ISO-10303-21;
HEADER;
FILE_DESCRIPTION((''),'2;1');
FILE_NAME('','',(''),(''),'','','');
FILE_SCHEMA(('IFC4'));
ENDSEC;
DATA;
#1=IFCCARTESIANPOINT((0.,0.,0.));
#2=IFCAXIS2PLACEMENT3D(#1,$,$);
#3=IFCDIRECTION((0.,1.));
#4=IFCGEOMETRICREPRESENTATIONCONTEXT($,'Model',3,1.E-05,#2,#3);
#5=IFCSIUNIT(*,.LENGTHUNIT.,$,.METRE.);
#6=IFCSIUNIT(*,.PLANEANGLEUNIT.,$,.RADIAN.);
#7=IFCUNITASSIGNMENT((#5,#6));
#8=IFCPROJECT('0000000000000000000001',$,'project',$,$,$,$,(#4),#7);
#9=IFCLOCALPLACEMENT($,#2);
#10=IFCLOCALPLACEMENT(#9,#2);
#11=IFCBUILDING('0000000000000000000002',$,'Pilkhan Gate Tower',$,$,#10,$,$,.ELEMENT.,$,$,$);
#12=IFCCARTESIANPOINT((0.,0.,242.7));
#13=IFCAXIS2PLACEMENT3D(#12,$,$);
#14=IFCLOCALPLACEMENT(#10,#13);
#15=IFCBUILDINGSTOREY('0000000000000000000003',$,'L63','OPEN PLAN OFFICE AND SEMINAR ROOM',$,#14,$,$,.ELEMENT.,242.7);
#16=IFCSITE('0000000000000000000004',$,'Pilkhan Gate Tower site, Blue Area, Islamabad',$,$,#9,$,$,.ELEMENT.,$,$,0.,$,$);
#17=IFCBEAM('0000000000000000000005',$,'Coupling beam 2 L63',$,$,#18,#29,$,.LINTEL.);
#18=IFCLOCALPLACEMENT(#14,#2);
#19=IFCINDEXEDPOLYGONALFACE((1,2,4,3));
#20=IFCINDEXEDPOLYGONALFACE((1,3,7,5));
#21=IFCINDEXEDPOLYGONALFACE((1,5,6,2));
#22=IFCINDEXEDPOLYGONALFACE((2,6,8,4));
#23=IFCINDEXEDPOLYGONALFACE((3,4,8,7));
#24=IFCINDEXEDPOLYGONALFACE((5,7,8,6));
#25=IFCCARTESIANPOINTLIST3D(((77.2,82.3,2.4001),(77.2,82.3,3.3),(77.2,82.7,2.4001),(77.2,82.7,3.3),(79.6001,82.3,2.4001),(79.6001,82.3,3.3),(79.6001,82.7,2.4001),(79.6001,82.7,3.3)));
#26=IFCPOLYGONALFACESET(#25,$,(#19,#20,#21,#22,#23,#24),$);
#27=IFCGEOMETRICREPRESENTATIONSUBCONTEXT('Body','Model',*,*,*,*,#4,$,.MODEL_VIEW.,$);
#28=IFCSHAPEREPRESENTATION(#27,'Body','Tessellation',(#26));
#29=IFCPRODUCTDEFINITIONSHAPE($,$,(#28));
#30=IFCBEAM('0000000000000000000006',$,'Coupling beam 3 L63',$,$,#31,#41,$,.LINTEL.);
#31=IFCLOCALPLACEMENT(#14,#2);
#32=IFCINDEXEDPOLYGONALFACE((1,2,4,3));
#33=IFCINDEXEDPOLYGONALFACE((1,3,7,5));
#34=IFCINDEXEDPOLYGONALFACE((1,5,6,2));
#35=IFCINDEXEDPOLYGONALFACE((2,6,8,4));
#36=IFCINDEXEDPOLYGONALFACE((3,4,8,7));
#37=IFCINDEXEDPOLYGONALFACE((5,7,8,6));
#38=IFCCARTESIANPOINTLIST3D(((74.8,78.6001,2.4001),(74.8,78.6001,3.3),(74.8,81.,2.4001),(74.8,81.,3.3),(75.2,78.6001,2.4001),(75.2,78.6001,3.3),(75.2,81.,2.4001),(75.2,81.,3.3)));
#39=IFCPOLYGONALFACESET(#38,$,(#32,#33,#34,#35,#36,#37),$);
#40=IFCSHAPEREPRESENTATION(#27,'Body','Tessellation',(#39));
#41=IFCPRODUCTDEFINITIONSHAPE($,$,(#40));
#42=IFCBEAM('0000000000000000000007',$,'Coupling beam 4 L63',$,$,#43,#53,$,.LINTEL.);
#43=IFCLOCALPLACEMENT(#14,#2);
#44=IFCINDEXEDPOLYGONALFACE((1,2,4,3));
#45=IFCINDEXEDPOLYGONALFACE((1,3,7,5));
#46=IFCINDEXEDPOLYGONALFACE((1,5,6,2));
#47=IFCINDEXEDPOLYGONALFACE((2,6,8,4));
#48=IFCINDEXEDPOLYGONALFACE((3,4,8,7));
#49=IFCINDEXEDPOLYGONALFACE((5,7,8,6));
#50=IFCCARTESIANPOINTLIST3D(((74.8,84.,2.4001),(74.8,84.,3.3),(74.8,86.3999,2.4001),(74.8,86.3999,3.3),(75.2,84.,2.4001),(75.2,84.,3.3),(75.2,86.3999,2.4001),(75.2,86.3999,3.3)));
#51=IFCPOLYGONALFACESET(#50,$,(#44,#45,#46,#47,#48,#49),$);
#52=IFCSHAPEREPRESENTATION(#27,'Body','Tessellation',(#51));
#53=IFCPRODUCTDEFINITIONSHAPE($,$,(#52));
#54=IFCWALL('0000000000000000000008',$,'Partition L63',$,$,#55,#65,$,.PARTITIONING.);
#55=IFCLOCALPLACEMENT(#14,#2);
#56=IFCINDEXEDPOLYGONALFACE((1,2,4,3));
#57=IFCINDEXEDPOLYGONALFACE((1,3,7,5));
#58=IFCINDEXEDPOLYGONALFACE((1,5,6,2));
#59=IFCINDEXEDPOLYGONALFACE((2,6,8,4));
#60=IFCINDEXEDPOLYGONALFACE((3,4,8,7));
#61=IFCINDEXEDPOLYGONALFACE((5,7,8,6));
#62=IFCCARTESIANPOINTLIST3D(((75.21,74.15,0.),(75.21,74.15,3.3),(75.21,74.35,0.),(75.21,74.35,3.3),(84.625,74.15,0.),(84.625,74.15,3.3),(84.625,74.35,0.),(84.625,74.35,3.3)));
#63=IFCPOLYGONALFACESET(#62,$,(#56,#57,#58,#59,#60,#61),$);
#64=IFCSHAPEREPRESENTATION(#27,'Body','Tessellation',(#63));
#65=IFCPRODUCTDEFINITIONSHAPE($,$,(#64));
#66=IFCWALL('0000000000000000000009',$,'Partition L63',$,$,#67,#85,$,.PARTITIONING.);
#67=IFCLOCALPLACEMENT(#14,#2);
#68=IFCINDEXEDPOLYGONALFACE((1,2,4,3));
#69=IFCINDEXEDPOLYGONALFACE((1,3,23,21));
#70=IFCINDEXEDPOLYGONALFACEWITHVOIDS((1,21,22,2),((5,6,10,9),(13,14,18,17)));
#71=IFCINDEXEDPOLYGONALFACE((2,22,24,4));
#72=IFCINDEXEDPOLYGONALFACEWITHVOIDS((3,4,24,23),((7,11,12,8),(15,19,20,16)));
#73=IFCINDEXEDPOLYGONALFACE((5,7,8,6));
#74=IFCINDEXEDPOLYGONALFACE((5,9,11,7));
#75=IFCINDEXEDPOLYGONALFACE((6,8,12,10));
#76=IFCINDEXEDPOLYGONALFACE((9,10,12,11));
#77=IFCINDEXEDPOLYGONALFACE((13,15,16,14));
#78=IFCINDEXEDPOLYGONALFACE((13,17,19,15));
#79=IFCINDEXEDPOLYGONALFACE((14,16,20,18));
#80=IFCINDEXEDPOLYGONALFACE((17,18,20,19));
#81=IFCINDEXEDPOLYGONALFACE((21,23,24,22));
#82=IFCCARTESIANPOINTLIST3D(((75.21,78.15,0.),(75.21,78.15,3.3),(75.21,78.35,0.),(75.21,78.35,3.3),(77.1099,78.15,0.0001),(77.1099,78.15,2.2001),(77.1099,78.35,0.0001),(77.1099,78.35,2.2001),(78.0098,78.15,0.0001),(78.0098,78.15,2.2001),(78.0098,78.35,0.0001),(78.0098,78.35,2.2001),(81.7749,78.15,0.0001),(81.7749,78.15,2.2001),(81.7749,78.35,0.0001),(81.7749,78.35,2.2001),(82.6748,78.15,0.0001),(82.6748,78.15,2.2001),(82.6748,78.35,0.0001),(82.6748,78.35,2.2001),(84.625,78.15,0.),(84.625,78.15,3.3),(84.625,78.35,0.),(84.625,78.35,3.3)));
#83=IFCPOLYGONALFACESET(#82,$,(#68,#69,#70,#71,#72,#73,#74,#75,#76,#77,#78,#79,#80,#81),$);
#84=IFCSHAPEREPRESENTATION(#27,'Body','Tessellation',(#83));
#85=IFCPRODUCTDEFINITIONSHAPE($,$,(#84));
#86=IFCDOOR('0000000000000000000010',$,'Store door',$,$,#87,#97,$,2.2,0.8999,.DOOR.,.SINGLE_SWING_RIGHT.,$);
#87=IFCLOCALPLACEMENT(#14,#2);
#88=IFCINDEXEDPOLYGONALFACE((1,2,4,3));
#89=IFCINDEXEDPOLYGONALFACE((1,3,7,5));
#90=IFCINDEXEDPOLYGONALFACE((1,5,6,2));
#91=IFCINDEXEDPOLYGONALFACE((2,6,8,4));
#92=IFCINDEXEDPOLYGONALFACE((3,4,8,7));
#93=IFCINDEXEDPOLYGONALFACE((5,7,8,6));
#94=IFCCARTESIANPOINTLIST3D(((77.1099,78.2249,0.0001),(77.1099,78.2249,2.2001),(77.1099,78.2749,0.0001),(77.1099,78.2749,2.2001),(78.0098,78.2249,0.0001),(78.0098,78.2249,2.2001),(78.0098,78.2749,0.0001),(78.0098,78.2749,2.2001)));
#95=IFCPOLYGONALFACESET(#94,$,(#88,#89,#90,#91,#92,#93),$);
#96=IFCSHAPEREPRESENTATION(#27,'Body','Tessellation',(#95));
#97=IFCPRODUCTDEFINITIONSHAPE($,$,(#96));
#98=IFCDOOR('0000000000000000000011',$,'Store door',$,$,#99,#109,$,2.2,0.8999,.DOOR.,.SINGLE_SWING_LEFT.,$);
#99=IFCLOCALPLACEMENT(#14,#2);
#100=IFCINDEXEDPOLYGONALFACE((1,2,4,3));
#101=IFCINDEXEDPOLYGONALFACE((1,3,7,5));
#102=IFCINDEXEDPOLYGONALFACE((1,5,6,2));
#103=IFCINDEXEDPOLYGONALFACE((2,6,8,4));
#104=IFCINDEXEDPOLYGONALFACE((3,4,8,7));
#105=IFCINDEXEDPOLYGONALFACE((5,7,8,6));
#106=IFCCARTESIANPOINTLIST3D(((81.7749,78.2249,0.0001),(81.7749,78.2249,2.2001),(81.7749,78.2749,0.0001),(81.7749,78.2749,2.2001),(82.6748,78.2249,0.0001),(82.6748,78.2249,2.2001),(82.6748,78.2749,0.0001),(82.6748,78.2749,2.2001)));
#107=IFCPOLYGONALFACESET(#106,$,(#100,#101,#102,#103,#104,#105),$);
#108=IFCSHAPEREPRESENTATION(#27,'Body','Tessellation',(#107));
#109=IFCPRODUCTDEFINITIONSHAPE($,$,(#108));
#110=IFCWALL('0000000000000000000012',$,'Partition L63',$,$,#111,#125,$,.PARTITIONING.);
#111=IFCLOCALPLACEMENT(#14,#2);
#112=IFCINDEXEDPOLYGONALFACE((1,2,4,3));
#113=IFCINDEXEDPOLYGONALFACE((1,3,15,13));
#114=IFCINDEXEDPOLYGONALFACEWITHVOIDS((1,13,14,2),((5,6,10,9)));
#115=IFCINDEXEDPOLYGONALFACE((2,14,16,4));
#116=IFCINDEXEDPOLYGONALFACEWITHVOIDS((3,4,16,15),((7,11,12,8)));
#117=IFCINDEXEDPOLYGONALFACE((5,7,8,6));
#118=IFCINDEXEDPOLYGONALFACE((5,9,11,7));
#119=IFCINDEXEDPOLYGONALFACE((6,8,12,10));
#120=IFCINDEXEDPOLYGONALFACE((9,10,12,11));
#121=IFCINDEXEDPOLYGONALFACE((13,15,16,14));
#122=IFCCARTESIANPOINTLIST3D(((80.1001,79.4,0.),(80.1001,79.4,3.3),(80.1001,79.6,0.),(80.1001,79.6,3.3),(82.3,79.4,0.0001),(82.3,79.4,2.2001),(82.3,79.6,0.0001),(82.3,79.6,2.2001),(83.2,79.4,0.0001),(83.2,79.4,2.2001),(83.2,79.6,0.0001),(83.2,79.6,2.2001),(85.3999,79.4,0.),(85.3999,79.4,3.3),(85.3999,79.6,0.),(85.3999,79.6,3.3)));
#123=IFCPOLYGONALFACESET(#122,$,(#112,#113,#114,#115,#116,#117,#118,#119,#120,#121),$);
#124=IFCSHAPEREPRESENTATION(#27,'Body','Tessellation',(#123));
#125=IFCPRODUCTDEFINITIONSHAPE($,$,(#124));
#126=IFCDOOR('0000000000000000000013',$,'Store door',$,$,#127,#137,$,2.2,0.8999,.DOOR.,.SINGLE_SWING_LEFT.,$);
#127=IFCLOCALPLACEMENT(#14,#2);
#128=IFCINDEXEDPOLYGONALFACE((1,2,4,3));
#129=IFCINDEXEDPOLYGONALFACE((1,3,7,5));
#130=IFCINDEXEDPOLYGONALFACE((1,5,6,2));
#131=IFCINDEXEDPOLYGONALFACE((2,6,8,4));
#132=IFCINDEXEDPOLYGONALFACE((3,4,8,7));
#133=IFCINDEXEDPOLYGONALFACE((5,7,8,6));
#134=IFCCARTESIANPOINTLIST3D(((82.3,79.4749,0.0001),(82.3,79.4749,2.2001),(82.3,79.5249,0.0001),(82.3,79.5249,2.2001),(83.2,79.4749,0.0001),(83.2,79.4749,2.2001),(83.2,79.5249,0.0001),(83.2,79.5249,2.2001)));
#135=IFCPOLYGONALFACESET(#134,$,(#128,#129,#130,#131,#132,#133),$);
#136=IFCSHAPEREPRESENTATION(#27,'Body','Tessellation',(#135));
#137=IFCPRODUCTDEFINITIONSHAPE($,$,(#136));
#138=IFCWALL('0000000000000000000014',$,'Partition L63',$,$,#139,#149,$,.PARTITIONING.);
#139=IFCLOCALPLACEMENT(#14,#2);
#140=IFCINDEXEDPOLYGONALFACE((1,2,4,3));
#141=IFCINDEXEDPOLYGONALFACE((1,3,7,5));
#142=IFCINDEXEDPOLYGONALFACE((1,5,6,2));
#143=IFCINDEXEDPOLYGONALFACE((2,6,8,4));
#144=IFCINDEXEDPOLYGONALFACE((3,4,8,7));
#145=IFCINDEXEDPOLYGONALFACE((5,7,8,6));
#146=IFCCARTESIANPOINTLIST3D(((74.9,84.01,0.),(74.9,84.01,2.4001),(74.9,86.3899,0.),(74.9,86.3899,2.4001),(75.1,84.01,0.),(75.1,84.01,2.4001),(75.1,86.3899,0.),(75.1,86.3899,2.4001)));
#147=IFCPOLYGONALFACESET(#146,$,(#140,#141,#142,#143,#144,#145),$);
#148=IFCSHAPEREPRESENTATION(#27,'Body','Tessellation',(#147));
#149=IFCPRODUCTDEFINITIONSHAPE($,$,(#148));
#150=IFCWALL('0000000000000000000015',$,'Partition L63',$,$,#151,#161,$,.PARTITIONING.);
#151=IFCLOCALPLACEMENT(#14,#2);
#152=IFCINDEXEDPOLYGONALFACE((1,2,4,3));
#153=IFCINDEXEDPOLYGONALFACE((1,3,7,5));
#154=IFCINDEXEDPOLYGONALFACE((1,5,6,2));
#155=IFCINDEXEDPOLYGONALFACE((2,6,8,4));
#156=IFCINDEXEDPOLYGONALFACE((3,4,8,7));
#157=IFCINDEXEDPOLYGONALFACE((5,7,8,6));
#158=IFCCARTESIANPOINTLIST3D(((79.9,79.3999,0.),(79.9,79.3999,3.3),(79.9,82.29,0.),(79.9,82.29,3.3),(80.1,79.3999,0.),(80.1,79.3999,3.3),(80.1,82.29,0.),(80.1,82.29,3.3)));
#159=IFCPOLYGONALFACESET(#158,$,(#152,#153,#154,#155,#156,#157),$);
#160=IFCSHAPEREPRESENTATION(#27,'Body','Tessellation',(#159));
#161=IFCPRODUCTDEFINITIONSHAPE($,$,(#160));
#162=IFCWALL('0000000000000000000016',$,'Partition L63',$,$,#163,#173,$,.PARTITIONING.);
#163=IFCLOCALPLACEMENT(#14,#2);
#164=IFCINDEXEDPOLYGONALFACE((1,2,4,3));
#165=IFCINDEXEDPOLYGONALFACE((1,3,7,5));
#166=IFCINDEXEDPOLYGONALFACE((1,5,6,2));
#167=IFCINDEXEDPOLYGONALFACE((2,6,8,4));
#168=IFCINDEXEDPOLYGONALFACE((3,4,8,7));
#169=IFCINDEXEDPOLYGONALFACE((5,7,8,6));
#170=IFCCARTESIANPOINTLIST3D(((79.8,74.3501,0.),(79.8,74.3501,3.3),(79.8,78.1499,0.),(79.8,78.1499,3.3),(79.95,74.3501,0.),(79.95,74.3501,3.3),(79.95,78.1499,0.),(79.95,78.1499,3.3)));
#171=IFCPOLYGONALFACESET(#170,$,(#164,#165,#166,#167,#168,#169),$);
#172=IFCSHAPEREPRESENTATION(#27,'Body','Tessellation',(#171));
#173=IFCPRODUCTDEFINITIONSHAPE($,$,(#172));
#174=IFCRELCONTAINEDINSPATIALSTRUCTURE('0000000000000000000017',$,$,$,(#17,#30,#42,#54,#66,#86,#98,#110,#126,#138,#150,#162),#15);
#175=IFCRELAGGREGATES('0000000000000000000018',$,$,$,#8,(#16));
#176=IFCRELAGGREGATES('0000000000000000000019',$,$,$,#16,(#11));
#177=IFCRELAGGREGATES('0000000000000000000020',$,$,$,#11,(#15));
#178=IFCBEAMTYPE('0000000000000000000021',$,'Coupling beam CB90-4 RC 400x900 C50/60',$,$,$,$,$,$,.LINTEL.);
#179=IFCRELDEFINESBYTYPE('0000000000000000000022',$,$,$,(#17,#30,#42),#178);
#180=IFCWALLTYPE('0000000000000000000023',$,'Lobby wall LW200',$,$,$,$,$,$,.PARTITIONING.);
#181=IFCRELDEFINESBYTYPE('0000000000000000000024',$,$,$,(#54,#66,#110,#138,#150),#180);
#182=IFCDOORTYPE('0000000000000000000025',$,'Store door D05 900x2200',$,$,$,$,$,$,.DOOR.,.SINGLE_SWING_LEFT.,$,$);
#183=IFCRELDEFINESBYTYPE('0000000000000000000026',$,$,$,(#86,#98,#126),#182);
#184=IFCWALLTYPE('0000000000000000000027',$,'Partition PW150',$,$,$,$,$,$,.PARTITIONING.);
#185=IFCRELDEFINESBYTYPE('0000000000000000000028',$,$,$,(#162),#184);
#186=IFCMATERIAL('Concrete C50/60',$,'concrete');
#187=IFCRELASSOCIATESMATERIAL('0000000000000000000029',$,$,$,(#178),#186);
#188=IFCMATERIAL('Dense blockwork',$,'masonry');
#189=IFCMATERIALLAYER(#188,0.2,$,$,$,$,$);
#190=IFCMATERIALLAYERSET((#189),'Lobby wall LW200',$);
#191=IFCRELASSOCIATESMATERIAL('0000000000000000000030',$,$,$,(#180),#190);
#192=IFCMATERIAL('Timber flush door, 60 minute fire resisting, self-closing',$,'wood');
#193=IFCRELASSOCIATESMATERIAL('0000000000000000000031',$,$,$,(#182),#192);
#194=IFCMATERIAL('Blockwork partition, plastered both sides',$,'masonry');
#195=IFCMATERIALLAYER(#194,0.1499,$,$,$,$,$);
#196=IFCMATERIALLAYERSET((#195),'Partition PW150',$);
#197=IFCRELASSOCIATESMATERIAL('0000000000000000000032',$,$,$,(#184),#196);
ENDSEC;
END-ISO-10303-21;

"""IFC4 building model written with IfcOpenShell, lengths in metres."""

from ifc_helpers import new_model, si_unit, direction, frame, frame_2d, origin, origin_2d, place, context, subcontext, project, spatial, rectangle, extrude, material, layer, layer_set, material_profile, profile_set, type_object, element, fill, save


model = new_model("IFC4")

# Units and contexts
model_context = context("Model", 3, precision=1e-05, world=origin(), true_north=direction((0.0, 1.0)))
body_context = subcontext(model_context, "Body", "Model", "MODEL_VIEW")
ifc_project = project(units=[si_unit("LENGTHUNIT", "METRE"), si_unit("PLANEANGLEUNIT", "RADIAN")], contexts=[model_context])

# Site, building, storey
site_placement = place(None, origin())
site = spatial("IfcSite", under=ifc_project, at=site_placement, Name="Pilkhan Gate Tower site, Blue Area, Islamabad", CompositionType="ELEMENT", RefElevation=0.0)
building_placement = place(site_placement, origin())
building = spatial("IfcBuilding", under=site, at=building_placement, Name="Pilkhan Gate Tower", CompositionType="ELEMENT")
storey_placement = place(building_placement, frame((0.0, 0.0, 242.7)))
storey = spatial("IfcBuildingStorey", under=building, at=storey_placement, Name="L63", Description="OPEN PLAN OFFICE AND SEMINAR ROOM", CompositionType="ELEMENT", Elevation=242.7)

# Beams
ifc_material_1 = material(Name="Concrete C50/60", Category="concrete")
ifc_material_profile = material_profile(ifc_material_1, rectangle(XDim=0.3999, YDim=0.8999, at=origin_2d()), Name="RC 400x900")
ifc_profile_set = profile_set([ifc_material_profile], Name="Concrete C50/60")
beam_type = type_object("IfcBeamType", Name="Coupling beam CB90-4 RC 400x900 C50/60", PredefinedType="LINTEL", material=ifc_profile_set)
beam_placement = place(storey_placement, frame((77.2, 82.5, 2.8501), z_axis=(1.0, 0.0, 0.0), x_axis=(0.0, 1.0, 0.0)))
element("IfcBeam", 1, at=beam_placement, inside=storey, type_object=beam_type, Name="Coupling beam 2 L63", PredefinedType="LINTEL", context=body_context, shape_type="SweptSolid", body=[
    extrude(rectangle(XDim=0.3999, YDim=0.8999, at=origin_2d()), origin(), (0.0, 0.0, 1.0), 2.4001),
])
for number, where, z_axis, x_axis, name in (
    (2, (75.0, 78.6001, 2.8501), (0.0, 1.0, 0.0), (-1.0, 0.0, 0.0), "Coupling beam 3 L63"),
    (3, (75.0, 84.0, 2.8501), (0.0, 1.0, 0.0), (-1.0, 0.0, 0.0), "Coupling beam 4 L63"),
):
    element("IfcBeam", number, at=place(storey_placement, frame(where, z_axis=z_axis, x_axis=x_axis)), inside=storey, type_object=beam_type, Name=name, PredefinedType="LINTEL", context=body_context, shape_type="SweptSolid", body=[
        extrude(rectangle(XDim=0.3999, YDim=0.8999, at=origin_2d()), origin(), (0.0, 0.0, 1.0), 2.3999),
    ])

# Wall
ifc_material_2 = material(Name="Dense blockwork", Category="masonry")
ifc_layer_1 = layer(ifc_material_2, 0.2)
ifc_layer_set_1 = layer_set([ifc_layer_1], Name="Lobby wall LW200")
wall_type_1 = type_object("IfcWallType", Name="Lobby wall LW200", PredefinedType="PARTITIONING", material=ifc_layer_set_1)
wall_1_placement = place(storey_placement, frame((75.21, 74.25, 0.0), z_axis=(0.0, 0.0, 1.0), x_axis=(1.0, 0.0, 0.0)))
element("IfcWall", 4, at=wall_1_placement, inside=storey, type_object=wall_type_1, Name="Partition L63", PredefinedType="PARTITIONING", context=body_context, shape_type="SweptSolid", body=[
    extrude(rectangle(XDim=9.415, YDim=0.2, at=frame_2d((4.7075, 0.0))), origin(), (0.0, 0.0, 1.0), 3.3),
])

# Wall, openings, doors
wall_2_placement = place(storey_placement, frame((75.21, 78.25, 0.0), z_axis=(0.0, 0.0, 1.0), x_axis=(1.0, 0.0, 0.0)))
wall_2 = element("IfcWall", 5, at=wall_2_placement, inside=storey, type_object=wall_type_1, Name="Partition L63", PredefinedType="PARTITIONING", context=body_context, shape_type="SweptSolid", body=[
    extrude(rectangle(XDim=9.415, YDim=0.2, at=frame_2d((4.7075, 0.0))), origin(), (0.0, 0.0, 1.0), 3.3),
])
opening_1_placement = place(wall_2_placement, frame((1.8999, 0.0, 0.0)))
opening_1 = element("IfcOpeningElement", 6, at=opening_1_placement, cuts=wall_2, PredefinedType="OPENING", context=body_context, shape_type="SweptSolid", body=[
    extrude(rectangle(XDim=0.8999, YDim=2.2, at=frame_2d((0.45, 1.1001))), frame((0.0, 0.1099, 0.0), z_axis=(0.0, -1.0, 0.0), x_axis=(1.0, 0.0, 0.0)), (0.0, 0.0, 1.0), 0.22),
])
opening_2_placement = place(wall_2_placement, frame((6.5649, 0.0, 0.0)))
opening_2 = element("IfcOpeningElement", 7, at=opening_2_placement, cuts=wall_2, PredefinedType="OPENING", context=body_context, shape_type="SweptSolid", body=[
    extrude(rectangle(XDim=0.8999, YDim=2.2, at=frame_2d((0.45, 1.1001))), frame((0.0, 0.1099, 0.0), z_axis=(0.0, -1.0, 0.0), x_axis=(1.0, 0.0, 0.0)), (0.0, 0.0, 1.0), 0.22),
])
ifc_material_3 = material(Name="Timber flush door, 60 minute fire resisting, self-closing", Category="wood")
door_type = type_object("IfcDoorType", Name="Store door D05 900x2200", OperationType="SINGLE_SWING_LEFT", PredefinedType="DOOR", material=ifc_material_3)
door_1_placement = place(opening_1_placement, origin())
door_1 = element("IfcDoor", 8, at=door_1_placement, inside=storey, type_object=door_type, Name="Store door", OperationType="SINGLE_SWING_RIGHT", OverallHeight=2.2, OverallWidth=0.8999, PredefinedType="DOOR", context=body_context, shape_type="SweptSolid", body=[
    extrude(rectangle(XDim=0.8999, YDim=2.2, at=frame_2d((0.45, 1.1001))), frame((0.0, 0.0249, 0.0), z_axis=(0.0, -1.0, 0.0), x_axis=(1.0, 0.0, 0.0)), (0.0, 0.0, 1.0), 0.05),
])
fill(opening_1, door_1)
door_2_placement = place(opening_2_placement, origin())
door_2 = element("IfcDoor", 9, at=door_2_placement, inside=storey, type_object=door_type, Name="Store door", OperationType="SINGLE_SWING_LEFT", OverallHeight=2.2, OverallWidth=0.8999, PredefinedType="DOOR", context=body_context, shape_type="SweptSolid", body=[
    extrude(rectangle(XDim=0.8999, YDim=2.2, at=frame_2d((0.45, 1.1001))), frame((0.0, 0.0249, 0.0), z_axis=(0.0, -1.0, 0.0), x_axis=(1.0, 0.0, 0.0)), (0.0, 0.0, 1.0), 0.05),
])
fill(opening_2, door_2)

# Wall, opening, door
wall_3_placement = place(storey_placement, frame((80.1001, 79.5, 0.0), z_axis=(0.0, 0.0, 1.0), x_axis=(1.0, 0.0, 0.0)))
wall_3 = element("IfcWall", 10, at=wall_3_placement, inside=storey, type_object=wall_type_1, Name="Partition L63", PredefinedType="PARTITIONING", context=body_context, shape_type="SweptSolid", body=[
    extrude(rectangle(XDim=5.2998, YDim=0.2, at=frame_2d((2.6499, 0.0))), origin(), (0.0, 0.0, 1.0), 3.3),
])
opening_3_placement = place(wall_3_placement, frame((2.2, 0.0, 0.0)))
opening_3 = element("IfcOpeningElement", 11, at=opening_3_placement, cuts=wall_3, PredefinedType="OPENING", context=body_context, shape_type="SweptSolid", body=[
    extrude(rectangle(XDim=0.8999, YDim=2.2, at=frame_2d((0.45, 1.1001))), frame((0.0, 0.1099, 0.0), z_axis=(0.0, -1.0, 0.0), x_axis=(1.0, 0.0, 0.0)), (0.0, 0.0, 1.0), 0.22),
])
door_3_placement = place(opening_3_placement, origin())
door_3 = element("IfcDoor", 12, at=door_3_placement, inside=storey, type_object=door_type, Name="Store door", OperationType="SINGLE_SWING_LEFT", OverallHeight=2.2, OverallWidth=0.8999, PredefinedType="DOOR", context=body_context, shape_type="SweptSolid", body=[
    extrude(rectangle(XDim=0.8999, YDim=2.2, at=frame_2d((0.45, 1.1001))), frame((0.0, 0.0249, 0.0), z_axis=(0.0, -1.0, 0.0), x_axis=(1.0, 0.0, 0.0)), (0.0, 0.0, 1.0), 0.05),
])
fill(opening_3, door_3)

# Walls
wall_4_placement = place(storey_placement, frame((75.0, 84.01, 0.0), z_axis=(0.0, 0.0, 1.0), x_axis=(0.0, 1.0, 0.0)))
element("IfcWall", 13, at=wall_4_placement, inside=storey, type_object=wall_type_1, Name="Partition L63", PredefinedType="PARTITIONING", context=body_context, shape_type="SweptSolid", body=[
    extrude(rectangle(XDim=2.3799, YDim=0.2, at=frame_2d((1.1899, 0.0))), origin(), (0.0, 0.0, 1.0), 2.4001),
])
wall_5_placement = place(storey_placement, frame((80.0, 79.3999, 0.0), z_axis=(0.0, 0.0, 1.0), x_axis=(0.0, 1.0, 0.0)))
element("IfcWall", 14, at=wall_5_placement, inside=storey, type_object=wall_type_1, Name="Partition L63", PredefinedType="PARTITIONING", context=body_context, shape_type="SweptSolid", body=[
    extrude(rectangle(XDim=2.8901, YDim=0.2, at=frame_2d((1.4451, 0.0))), origin(), (0.0, 0.0, 1.0), 3.3),
])
ifc_material_4 = material(Name="Blockwork partition, plastered both sides", Category="masonry")
ifc_layer_2 = layer(ifc_material_4, 0.1499)
ifc_layer_set_2 = layer_set([ifc_layer_2], Name="Partition PW150")
wall_type_2 = type_object("IfcWallType", Name="Partition PW150", PredefinedType="PARTITIONING", material=ifc_layer_set_2)
wall_6_placement = place(storey_placement, frame((79.875, 74.3501, 0.0), z_axis=(0.0, 0.0, 1.0), x_axis=(0.0, 1.0, 0.0)))
element("IfcWall", 15, at=wall_6_placement, inside=storey, type_object=wall_type_2, Name="Partition L63", PredefinedType="PARTITIONING", context=body_context, shape_type="SweptSolid", body=[
    extrude(rectangle(XDim=3.7998, YDim=0.1499, at=frame_2d((1.8999, 0.0))), origin(), (0.0, 0.0, 1.0), 3.3),
])

save(model, "model.ifc")
